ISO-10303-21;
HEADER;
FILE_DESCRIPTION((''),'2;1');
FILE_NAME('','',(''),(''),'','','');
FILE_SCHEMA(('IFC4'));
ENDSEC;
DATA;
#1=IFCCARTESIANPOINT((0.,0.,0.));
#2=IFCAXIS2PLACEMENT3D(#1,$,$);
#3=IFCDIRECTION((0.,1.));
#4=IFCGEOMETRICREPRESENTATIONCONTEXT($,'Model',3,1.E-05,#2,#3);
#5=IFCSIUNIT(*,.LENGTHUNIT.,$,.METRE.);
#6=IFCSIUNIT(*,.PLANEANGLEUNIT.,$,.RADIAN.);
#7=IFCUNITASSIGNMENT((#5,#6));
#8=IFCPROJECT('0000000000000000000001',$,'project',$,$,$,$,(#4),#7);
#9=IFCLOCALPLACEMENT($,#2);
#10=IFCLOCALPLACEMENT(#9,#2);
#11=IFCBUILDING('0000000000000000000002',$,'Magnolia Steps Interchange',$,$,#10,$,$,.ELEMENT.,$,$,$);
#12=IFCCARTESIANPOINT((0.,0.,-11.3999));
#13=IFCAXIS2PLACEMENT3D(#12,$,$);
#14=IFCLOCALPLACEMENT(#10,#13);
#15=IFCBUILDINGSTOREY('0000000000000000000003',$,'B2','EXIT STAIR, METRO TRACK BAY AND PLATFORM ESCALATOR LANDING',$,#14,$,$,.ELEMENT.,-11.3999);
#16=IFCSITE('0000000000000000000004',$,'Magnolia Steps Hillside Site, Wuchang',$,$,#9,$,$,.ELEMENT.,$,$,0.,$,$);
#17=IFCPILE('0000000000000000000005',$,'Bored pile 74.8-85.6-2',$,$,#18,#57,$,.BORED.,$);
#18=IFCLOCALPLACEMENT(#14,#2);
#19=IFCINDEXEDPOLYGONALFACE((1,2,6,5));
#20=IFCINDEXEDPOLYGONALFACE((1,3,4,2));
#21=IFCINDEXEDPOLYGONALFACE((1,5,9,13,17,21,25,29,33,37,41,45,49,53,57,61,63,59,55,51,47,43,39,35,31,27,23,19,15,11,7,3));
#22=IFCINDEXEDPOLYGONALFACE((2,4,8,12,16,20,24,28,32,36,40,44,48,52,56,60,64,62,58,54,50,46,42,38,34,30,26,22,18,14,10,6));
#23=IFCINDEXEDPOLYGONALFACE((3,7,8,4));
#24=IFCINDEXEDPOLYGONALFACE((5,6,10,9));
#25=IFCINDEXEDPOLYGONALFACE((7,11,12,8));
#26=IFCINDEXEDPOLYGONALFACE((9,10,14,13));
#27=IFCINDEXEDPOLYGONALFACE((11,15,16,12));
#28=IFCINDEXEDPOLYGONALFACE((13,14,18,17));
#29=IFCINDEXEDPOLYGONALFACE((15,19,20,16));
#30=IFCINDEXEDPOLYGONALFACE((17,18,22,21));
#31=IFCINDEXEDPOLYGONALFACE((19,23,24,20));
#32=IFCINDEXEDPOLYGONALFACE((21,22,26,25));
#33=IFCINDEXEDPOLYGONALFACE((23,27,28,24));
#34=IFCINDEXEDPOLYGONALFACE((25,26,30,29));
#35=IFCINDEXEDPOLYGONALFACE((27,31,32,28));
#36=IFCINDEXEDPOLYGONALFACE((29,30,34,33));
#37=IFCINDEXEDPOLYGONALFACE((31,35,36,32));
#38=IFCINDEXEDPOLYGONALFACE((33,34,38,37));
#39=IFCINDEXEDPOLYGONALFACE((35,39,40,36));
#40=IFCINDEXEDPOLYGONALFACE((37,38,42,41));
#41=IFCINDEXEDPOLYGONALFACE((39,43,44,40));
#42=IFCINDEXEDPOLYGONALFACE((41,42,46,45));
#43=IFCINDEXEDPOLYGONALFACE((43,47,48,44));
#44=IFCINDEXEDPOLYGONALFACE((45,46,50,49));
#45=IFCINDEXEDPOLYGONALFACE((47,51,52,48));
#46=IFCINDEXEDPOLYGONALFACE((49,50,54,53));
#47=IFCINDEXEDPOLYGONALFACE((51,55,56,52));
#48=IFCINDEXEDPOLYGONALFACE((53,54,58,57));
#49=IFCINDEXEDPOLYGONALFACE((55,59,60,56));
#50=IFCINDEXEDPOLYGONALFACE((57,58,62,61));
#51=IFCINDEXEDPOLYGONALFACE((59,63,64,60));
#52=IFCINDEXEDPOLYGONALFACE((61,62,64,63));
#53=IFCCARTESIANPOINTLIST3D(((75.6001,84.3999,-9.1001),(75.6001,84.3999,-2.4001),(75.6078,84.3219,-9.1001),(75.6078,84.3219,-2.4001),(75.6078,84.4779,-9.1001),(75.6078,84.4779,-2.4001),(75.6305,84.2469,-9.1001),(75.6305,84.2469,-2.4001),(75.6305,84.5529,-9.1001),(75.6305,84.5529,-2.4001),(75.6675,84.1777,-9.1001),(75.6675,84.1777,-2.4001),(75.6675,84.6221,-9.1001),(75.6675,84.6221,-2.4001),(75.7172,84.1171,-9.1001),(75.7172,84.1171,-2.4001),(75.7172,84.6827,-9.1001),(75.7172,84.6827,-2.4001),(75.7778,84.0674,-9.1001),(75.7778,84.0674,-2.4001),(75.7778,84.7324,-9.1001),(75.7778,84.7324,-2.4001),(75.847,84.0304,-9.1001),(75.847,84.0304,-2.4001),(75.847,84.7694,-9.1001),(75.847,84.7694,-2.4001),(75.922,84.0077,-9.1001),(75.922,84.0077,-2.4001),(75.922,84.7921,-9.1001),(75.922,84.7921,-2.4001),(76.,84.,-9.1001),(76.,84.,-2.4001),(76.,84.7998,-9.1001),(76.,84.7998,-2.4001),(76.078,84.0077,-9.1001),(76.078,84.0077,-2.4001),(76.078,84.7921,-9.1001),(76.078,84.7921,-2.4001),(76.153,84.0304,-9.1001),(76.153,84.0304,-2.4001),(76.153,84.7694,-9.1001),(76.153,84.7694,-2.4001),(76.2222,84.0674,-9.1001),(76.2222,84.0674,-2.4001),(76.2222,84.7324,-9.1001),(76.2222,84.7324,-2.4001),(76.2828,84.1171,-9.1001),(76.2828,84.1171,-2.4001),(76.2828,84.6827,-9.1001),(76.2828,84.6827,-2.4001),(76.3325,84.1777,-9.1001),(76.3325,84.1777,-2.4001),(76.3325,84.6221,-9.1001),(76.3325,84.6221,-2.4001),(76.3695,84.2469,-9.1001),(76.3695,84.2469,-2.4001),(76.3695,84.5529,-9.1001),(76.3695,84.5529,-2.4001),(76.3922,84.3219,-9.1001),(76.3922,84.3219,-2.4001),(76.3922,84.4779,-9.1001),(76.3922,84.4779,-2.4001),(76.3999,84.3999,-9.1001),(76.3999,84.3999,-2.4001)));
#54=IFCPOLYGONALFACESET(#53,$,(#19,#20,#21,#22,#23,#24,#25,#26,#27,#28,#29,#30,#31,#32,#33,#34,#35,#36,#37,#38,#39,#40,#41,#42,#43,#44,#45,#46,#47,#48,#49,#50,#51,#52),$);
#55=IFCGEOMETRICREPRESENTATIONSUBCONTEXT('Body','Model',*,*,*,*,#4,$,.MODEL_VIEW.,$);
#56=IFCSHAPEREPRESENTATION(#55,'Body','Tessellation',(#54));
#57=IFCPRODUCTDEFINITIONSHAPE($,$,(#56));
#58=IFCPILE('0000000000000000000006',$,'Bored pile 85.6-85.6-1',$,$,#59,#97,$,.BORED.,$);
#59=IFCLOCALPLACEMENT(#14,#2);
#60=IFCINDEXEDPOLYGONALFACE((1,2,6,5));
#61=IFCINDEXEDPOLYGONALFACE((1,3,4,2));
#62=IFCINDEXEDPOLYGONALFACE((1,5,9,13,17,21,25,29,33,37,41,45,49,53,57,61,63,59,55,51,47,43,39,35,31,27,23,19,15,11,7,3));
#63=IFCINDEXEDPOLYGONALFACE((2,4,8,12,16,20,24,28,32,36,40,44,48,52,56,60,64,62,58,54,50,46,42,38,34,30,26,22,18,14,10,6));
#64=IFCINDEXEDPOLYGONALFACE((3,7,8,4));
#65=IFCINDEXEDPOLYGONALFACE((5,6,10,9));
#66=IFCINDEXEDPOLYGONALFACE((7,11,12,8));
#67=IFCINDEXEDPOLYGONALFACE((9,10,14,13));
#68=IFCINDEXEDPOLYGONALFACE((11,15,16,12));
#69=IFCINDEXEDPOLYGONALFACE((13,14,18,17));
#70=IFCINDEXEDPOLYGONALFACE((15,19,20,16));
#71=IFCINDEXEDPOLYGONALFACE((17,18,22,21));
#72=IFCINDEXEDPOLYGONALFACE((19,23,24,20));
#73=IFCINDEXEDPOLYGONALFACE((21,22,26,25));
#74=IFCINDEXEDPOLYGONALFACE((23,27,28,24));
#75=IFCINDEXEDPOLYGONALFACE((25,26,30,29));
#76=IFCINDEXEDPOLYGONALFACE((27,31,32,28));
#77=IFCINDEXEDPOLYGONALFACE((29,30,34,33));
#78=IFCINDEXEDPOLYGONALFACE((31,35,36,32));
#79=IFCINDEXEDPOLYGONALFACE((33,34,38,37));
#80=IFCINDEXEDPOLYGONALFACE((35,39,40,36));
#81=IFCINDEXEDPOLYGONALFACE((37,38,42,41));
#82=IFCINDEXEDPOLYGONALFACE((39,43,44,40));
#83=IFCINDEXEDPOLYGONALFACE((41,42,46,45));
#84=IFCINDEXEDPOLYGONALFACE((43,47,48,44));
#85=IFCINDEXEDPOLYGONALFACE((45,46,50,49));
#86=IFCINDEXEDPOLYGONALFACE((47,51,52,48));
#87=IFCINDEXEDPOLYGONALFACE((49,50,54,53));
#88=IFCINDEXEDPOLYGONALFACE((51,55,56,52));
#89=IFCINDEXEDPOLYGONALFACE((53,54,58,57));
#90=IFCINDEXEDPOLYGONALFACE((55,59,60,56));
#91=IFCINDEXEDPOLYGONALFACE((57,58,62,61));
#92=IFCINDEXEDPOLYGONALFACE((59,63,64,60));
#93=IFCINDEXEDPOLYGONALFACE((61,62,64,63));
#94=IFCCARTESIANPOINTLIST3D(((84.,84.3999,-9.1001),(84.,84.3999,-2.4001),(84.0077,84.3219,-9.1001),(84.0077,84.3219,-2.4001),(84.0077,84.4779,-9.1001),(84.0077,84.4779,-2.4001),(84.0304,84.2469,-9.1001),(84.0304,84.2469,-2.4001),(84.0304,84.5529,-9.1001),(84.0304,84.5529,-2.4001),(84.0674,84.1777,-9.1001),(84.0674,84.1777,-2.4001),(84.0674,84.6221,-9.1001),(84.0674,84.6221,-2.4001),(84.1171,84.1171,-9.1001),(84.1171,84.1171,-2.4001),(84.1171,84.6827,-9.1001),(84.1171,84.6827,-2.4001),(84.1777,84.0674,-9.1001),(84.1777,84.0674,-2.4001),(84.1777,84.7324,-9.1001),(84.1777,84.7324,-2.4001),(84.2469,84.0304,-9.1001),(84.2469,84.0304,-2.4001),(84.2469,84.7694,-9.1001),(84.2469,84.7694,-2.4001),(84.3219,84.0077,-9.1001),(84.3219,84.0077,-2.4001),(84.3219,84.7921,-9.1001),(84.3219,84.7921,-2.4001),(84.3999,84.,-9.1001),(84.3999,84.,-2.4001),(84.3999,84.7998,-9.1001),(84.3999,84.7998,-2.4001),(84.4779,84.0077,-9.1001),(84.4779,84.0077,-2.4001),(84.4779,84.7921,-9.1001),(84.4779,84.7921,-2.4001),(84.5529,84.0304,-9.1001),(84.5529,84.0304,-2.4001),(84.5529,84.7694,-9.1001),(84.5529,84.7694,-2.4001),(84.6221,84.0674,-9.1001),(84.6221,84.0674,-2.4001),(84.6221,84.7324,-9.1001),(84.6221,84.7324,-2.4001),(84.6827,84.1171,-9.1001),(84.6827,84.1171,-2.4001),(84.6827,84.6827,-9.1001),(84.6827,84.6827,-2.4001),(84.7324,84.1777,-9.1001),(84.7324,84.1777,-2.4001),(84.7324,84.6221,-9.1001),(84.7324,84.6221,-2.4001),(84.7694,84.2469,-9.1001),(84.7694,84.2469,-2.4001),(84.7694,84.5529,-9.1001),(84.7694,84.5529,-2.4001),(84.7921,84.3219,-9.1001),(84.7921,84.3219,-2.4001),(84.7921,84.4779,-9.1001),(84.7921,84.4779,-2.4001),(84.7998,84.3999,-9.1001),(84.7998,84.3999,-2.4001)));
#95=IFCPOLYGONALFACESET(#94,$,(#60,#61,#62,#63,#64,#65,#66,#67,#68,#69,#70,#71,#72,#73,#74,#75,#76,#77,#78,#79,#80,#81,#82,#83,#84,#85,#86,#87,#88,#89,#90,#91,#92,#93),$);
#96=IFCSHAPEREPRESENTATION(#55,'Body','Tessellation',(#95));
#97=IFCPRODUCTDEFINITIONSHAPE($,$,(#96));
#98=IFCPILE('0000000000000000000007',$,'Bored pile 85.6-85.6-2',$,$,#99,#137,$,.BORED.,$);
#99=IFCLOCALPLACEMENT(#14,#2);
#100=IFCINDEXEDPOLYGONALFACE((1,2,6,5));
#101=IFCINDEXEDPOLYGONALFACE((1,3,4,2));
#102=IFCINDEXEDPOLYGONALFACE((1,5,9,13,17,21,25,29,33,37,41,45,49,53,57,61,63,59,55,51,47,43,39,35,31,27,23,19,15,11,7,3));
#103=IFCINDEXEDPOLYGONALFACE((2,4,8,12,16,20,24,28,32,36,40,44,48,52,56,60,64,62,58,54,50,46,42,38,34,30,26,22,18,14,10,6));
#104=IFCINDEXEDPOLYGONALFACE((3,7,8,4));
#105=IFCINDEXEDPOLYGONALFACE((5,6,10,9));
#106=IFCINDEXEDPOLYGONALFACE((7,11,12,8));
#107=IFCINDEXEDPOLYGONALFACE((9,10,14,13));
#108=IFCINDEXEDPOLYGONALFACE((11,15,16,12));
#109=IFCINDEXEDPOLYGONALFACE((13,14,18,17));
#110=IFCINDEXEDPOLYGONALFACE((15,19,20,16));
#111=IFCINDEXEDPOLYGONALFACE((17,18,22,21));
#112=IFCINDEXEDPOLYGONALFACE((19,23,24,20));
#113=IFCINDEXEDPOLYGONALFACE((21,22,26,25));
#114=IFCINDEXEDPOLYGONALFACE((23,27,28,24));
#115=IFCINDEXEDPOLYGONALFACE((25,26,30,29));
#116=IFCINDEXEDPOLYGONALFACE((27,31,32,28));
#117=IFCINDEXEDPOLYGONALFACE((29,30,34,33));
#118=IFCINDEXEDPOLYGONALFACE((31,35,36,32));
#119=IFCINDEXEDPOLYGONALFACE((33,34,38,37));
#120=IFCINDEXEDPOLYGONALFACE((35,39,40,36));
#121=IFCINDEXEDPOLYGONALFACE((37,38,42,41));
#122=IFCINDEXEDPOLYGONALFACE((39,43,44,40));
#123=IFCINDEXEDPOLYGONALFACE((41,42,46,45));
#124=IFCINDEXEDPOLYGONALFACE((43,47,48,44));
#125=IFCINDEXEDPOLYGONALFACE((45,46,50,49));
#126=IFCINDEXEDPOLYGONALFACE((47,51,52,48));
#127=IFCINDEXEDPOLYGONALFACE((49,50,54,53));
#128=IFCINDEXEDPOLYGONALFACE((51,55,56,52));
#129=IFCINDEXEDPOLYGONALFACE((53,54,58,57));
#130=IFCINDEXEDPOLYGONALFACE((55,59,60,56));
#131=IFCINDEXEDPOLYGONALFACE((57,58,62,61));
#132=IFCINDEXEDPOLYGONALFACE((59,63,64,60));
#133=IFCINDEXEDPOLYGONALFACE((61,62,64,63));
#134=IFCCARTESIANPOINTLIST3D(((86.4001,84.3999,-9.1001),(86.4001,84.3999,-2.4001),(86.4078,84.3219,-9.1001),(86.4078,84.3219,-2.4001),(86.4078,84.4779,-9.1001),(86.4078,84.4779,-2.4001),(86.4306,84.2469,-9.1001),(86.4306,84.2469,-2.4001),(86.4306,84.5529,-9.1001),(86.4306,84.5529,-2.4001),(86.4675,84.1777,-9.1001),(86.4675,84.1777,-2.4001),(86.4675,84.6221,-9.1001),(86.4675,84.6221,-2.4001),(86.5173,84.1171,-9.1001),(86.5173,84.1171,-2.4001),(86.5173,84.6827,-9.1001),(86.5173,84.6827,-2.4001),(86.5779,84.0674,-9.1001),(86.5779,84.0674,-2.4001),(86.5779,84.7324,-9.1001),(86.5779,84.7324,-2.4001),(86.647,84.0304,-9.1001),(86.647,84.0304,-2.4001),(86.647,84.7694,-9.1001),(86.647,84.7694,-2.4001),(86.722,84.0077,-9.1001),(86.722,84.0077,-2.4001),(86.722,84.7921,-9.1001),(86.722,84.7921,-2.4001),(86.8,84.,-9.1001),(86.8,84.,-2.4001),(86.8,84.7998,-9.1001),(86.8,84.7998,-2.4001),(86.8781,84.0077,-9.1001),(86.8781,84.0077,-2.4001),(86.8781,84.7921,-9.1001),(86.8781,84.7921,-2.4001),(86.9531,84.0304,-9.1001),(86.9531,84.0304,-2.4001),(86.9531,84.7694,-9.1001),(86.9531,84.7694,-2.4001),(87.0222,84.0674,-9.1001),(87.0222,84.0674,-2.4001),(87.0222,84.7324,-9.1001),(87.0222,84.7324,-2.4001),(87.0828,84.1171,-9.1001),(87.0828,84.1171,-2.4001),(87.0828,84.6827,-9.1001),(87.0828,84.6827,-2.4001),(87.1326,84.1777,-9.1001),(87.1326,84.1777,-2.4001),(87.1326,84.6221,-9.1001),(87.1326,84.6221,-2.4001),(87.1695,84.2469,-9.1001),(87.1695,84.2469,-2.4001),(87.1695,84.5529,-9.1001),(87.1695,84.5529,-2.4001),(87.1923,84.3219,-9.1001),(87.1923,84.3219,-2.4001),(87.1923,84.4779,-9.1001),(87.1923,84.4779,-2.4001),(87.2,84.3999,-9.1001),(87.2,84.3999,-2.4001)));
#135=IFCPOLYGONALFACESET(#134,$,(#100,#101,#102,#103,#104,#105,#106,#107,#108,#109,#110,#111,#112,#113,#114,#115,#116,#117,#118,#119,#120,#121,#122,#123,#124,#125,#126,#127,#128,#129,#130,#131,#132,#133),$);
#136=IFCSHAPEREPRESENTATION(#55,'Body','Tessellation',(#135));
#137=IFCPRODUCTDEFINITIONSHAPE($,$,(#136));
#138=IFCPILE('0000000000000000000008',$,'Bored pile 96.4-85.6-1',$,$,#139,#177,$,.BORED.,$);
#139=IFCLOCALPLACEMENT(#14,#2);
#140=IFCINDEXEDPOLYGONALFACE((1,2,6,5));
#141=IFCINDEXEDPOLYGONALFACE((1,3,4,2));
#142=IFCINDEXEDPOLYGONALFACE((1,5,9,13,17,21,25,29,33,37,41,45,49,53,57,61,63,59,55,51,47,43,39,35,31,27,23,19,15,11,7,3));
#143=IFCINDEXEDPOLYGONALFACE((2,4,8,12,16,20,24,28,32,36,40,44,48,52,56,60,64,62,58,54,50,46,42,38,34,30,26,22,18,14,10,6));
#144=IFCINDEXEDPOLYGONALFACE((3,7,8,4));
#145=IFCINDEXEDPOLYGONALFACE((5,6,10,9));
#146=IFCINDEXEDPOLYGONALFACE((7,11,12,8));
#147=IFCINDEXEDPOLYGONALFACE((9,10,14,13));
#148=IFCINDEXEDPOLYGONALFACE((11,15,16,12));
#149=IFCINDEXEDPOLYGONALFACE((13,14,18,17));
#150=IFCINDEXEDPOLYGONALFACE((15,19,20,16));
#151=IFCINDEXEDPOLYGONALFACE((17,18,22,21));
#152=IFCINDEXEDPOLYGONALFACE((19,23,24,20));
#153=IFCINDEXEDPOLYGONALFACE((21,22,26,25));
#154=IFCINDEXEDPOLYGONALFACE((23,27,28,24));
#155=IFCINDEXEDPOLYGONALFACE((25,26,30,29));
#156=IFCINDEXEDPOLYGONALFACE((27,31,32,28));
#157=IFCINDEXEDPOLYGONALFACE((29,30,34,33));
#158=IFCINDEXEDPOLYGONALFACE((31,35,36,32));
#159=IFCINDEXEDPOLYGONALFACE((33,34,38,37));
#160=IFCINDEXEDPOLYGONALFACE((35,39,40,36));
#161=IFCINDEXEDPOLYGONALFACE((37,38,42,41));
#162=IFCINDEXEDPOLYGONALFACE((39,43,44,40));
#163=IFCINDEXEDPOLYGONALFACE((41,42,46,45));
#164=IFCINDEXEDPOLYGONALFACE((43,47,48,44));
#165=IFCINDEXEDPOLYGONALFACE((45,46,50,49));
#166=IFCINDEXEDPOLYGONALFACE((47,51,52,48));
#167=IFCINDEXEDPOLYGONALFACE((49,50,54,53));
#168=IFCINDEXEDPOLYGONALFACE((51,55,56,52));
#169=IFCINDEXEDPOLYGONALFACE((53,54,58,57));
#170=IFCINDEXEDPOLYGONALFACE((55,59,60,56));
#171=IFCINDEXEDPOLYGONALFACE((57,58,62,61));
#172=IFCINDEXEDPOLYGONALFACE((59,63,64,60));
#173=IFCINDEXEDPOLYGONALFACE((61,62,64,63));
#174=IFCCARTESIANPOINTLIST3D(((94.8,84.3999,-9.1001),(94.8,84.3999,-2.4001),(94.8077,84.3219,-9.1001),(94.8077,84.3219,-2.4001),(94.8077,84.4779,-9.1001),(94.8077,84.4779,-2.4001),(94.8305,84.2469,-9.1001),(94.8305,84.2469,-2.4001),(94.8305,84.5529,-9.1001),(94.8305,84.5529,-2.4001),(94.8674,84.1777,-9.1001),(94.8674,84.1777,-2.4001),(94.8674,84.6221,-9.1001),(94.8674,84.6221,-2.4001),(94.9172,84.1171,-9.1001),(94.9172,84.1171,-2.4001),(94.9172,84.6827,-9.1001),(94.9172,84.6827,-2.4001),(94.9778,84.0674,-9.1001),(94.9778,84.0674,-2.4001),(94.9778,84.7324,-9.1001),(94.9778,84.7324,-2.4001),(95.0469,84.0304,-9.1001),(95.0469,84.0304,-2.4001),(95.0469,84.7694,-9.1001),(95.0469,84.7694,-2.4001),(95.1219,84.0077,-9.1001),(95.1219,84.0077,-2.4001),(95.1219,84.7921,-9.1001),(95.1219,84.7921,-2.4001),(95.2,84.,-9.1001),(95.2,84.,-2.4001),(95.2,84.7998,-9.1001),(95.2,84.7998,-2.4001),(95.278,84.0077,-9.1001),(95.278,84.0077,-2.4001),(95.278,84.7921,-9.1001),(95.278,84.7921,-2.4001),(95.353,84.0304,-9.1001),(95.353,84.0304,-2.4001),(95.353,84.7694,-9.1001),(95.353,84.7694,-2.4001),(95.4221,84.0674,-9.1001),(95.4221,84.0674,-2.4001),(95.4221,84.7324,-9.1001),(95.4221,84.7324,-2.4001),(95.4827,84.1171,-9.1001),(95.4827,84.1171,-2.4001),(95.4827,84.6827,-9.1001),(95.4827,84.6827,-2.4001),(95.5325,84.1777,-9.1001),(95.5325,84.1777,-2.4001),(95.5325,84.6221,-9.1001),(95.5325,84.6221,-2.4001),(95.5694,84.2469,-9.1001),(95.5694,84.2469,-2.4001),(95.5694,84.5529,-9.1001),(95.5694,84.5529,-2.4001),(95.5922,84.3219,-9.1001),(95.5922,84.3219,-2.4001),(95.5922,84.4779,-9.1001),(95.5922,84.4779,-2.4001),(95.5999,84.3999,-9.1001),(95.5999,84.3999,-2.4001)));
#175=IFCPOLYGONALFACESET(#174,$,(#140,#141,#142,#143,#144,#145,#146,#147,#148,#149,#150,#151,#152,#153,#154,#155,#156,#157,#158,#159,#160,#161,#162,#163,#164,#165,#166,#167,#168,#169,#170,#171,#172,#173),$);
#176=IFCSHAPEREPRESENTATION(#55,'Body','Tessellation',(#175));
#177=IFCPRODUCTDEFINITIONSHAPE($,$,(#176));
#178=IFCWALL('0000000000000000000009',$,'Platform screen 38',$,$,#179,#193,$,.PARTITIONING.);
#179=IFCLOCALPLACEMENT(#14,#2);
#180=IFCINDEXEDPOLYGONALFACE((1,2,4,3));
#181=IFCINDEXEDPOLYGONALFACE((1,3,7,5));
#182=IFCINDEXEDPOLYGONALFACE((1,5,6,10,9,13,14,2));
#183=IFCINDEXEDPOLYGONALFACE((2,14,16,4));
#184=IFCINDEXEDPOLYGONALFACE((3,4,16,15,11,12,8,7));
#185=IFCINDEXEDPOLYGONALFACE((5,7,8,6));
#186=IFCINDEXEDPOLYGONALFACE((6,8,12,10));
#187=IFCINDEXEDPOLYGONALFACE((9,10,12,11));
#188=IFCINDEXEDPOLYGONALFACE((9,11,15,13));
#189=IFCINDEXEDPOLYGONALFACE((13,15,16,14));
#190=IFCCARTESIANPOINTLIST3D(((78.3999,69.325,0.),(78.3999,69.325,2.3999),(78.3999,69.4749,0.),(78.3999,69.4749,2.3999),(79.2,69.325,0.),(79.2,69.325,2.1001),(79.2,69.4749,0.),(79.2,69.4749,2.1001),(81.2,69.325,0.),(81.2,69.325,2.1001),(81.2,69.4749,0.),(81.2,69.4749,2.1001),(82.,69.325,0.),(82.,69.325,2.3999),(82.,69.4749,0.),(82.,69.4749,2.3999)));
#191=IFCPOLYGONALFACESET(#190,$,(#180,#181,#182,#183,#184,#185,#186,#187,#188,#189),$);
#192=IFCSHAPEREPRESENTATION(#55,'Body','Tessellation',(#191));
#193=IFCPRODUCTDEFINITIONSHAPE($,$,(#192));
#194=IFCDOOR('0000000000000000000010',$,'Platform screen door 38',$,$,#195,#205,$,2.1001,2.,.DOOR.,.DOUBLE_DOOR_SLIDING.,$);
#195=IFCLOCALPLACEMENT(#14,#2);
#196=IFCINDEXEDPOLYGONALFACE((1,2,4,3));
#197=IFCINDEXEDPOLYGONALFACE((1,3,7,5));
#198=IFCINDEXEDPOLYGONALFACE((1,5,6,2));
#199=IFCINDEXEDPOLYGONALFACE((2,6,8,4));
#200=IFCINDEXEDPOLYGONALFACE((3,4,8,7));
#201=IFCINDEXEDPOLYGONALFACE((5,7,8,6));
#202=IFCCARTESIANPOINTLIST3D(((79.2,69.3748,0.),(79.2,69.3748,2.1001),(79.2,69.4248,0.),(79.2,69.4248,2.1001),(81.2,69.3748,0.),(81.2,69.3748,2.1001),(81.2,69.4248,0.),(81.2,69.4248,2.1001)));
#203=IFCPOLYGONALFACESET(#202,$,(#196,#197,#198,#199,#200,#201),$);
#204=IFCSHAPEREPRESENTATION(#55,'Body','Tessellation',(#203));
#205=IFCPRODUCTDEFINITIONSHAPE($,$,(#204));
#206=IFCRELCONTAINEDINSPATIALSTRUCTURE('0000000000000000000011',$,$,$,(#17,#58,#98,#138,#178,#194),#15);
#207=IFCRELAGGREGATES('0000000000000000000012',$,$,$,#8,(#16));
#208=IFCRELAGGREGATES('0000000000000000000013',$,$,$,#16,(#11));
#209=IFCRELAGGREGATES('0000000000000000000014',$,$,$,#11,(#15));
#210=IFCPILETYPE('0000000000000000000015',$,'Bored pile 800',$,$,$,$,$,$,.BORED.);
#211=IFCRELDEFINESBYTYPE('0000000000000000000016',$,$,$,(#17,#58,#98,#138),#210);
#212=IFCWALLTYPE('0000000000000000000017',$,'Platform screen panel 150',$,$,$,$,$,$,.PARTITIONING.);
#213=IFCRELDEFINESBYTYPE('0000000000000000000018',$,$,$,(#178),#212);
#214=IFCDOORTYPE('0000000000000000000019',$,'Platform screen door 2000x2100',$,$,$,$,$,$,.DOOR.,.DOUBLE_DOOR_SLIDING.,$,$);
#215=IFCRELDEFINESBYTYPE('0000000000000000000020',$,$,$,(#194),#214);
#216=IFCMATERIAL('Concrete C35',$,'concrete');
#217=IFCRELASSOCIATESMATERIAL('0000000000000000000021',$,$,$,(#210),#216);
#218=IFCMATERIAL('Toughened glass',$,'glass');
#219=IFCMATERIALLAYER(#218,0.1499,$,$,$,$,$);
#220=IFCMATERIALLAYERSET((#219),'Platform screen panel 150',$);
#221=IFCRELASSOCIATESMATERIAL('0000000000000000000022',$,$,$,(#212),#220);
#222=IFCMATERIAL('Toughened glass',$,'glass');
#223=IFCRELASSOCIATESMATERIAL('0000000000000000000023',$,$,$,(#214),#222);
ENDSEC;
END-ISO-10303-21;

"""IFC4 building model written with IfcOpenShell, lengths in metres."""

from ifc_helpers import new_model, si_unit, direction, frame, frame_2d, origin, origin_2d, place, context, subcontext, project, spatial, rectangle, circle, extrude, material, layer, layer_set, material_profile, profile_set, type_object, element, fill, save


model = new_model("IFC4")

# Units and contexts
model_context = context("Model", 3, precision=1e-05, world=origin(), true_north=direction((0.0, 1.0)))
body_context = subcontext(model_context, "Body", "Model", "MODEL_VIEW")
ifc_project = project(units=[si_unit("LENGTHUNIT", "METRE"), si_unit("PLANEANGLEUNIT", "RADIAN")], contexts=[model_context])

# Site, building, storey
site_placement = place(None, origin())
site = spatial("IfcSite", under=ifc_project, at=site_placement, Name="Magnolia Steps Hillside Site, Wuchang", CompositionType="ELEMENT", RefElevation=0.0)
building_placement = place(site_placement, origin())
building = spatial("IfcBuilding", under=site, at=building_placement, Name="Magnolia Steps Interchange", CompositionType="ELEMENT")
storey_placement = place(building_placement, frame((0.0, 0.0, -11.3999)))
storey = spatial("IfcBuildingStorey", under=building, at=storey_placement, Name="B2", Description="EXIT STAIR, METRO TRACK BAY AND PLATFORM ESCALATOR LANDING", CompositionType="ELEMENT", Elevation=-11.3999)

# Piles
ifc_material_1 = material(Name="Concrete C35", Category="concrete")
ifc_material_profile_1 = material_profile(ifc_material_1, circle(Radius=0.3999, at=origin_2d()), Name="Bored pile 800")
ifc_profile_set_1 = profile_set([ifc_material_profile_1], Name="Concrete C35")
pile_type_1 = type_object("IfcPileType", Name="Bored pile 800", PredefinedType="BORED", material=ifc_profile_set_1)
for number, where, z_axis, x_axis, name in (
    (1, (76.0, 84.3999, -2.4001), (0.0, 0.0, -1.0), (1.0, 0.0, 0.0), "Bored pile 74.8-85.6-2"),
    (2, (84.3999, 84.3999, -2.4001), (0.0, 0.0, -1.0), (1.0, 0.0, 0.0), "Bored pile 85.6-85.6-1"),
    (3, (86.8, 84.3999, -2.4001), (0.0, 0.0, -1.0), (1.0, 0.0, 0.0), "Bored pile 85.6-85.6-2"),
    (4, (95.2, 84.3999, -2.4001), (0.0, 0.0, -1.0), (1.0, 0.0, 0.0), "Bored pile 96.4-85.6-1"),
):
    element("IfcPile", number, at=place(storey_placement, frame(where, z_axis=z_axis, x_axis=x_axis)), inside=storey, type_object=pile_type_1, Name=name, PredefinedType="BORED", context=body_context, shape_type="SweptSolid", body=[
        extrude(circle(Radius=0.3999, at=origin_2d()), origin(), (0.0, 0.0, 1.0), 6.7),
    ])

# Wall, opening, door
ifc_material_2 = material(Name="Toughened glass", Category="glass")
ifc_layer = layer(ifc_material_2, 0.1499)
ifc_layer_set = layer_set([ifc_layer], Name="Platform screen panel 150")
wall_type = type_object("IfcWallType", Name="Platform screen panel 150", PredefinedType="PARTITIONING", material=ifc_layer_set)
wall_1_placement = place(storey_placement, frame((78.3999, 69.3999, 0.0), z_axis=(0.0, 0.0, 1.0), x_axis=(1.0, 0.0, 0.0)))
wall_1 = element("IfcWall", 5, at=wall_1_placement, inside=storey, type_object=wall_type, Name="Platform screen 38", PredefinedType="PARTITIONING", context=body_context, shape_type="SweptSolid", body=[
    extrude(rectangle(XDim=3.6001, YDim=0.1499, at=frame_2d((1.8, 0.0))), origin(), (0.0, 0.0, 1.0), 2.3999),
])
opening_1_placement = place(wall_1_placement, frame((0.8, 0.0, 0.0)))
opening_1 = element("IfcOpeningElement", 6, at=opening_1_placement, cuts=wall_1, PredefinedType="OPENING", context=body_context, shape_type="SweptSolid", body=[
    extrude(rectangle(XDim=2.0, YDim=2.1001, at=frame_2d((1.0, 1.05))), frame((0.0, 0.085, 0.0), z_axis=(0.0, -1.0, 0.0), x_axis=(1.0, 0.0, 0.0)), (0.0, 0.0, 1.0), 0.1699),
])
ifc_material_3 = material(Name="Toughened glass", Category="glass")
door_type = type_object("IfcDoorType", Name="Platform screen door 2000x2100", OperationType="DOUBLE_DOOR_SLIDING", PredefinedType="DOOR", material=ifc_material_3)
door_1_placement = place(opening_1_placement, origin())
door_1 = element("IfcDoor", 7, at=door_1_placement, inside=storey, type_object=door_type, Name="Platform screen door 38", OperationType="DOUBLE_DOOR_SLIDING", OverallHeight=2.1001, OverallWidth=2.0, PredefinedType="DOOR", context=body_context, shape_type="SweptSolid", body=[
    extrude(rectangle(XDim=2.0, YDim=2.1001, at=frame_2d((1.0, 1.05))), frame((0.0, 0.0249, 0.0), z_axis=(0.0, -1.0, 0.0), x_axis=(1.0, 0.0, 0.0)), (0.0, 0.0, 1.0), 0.05),
])
fill(opening_1, door_1)

save(model, "model.ifc")
